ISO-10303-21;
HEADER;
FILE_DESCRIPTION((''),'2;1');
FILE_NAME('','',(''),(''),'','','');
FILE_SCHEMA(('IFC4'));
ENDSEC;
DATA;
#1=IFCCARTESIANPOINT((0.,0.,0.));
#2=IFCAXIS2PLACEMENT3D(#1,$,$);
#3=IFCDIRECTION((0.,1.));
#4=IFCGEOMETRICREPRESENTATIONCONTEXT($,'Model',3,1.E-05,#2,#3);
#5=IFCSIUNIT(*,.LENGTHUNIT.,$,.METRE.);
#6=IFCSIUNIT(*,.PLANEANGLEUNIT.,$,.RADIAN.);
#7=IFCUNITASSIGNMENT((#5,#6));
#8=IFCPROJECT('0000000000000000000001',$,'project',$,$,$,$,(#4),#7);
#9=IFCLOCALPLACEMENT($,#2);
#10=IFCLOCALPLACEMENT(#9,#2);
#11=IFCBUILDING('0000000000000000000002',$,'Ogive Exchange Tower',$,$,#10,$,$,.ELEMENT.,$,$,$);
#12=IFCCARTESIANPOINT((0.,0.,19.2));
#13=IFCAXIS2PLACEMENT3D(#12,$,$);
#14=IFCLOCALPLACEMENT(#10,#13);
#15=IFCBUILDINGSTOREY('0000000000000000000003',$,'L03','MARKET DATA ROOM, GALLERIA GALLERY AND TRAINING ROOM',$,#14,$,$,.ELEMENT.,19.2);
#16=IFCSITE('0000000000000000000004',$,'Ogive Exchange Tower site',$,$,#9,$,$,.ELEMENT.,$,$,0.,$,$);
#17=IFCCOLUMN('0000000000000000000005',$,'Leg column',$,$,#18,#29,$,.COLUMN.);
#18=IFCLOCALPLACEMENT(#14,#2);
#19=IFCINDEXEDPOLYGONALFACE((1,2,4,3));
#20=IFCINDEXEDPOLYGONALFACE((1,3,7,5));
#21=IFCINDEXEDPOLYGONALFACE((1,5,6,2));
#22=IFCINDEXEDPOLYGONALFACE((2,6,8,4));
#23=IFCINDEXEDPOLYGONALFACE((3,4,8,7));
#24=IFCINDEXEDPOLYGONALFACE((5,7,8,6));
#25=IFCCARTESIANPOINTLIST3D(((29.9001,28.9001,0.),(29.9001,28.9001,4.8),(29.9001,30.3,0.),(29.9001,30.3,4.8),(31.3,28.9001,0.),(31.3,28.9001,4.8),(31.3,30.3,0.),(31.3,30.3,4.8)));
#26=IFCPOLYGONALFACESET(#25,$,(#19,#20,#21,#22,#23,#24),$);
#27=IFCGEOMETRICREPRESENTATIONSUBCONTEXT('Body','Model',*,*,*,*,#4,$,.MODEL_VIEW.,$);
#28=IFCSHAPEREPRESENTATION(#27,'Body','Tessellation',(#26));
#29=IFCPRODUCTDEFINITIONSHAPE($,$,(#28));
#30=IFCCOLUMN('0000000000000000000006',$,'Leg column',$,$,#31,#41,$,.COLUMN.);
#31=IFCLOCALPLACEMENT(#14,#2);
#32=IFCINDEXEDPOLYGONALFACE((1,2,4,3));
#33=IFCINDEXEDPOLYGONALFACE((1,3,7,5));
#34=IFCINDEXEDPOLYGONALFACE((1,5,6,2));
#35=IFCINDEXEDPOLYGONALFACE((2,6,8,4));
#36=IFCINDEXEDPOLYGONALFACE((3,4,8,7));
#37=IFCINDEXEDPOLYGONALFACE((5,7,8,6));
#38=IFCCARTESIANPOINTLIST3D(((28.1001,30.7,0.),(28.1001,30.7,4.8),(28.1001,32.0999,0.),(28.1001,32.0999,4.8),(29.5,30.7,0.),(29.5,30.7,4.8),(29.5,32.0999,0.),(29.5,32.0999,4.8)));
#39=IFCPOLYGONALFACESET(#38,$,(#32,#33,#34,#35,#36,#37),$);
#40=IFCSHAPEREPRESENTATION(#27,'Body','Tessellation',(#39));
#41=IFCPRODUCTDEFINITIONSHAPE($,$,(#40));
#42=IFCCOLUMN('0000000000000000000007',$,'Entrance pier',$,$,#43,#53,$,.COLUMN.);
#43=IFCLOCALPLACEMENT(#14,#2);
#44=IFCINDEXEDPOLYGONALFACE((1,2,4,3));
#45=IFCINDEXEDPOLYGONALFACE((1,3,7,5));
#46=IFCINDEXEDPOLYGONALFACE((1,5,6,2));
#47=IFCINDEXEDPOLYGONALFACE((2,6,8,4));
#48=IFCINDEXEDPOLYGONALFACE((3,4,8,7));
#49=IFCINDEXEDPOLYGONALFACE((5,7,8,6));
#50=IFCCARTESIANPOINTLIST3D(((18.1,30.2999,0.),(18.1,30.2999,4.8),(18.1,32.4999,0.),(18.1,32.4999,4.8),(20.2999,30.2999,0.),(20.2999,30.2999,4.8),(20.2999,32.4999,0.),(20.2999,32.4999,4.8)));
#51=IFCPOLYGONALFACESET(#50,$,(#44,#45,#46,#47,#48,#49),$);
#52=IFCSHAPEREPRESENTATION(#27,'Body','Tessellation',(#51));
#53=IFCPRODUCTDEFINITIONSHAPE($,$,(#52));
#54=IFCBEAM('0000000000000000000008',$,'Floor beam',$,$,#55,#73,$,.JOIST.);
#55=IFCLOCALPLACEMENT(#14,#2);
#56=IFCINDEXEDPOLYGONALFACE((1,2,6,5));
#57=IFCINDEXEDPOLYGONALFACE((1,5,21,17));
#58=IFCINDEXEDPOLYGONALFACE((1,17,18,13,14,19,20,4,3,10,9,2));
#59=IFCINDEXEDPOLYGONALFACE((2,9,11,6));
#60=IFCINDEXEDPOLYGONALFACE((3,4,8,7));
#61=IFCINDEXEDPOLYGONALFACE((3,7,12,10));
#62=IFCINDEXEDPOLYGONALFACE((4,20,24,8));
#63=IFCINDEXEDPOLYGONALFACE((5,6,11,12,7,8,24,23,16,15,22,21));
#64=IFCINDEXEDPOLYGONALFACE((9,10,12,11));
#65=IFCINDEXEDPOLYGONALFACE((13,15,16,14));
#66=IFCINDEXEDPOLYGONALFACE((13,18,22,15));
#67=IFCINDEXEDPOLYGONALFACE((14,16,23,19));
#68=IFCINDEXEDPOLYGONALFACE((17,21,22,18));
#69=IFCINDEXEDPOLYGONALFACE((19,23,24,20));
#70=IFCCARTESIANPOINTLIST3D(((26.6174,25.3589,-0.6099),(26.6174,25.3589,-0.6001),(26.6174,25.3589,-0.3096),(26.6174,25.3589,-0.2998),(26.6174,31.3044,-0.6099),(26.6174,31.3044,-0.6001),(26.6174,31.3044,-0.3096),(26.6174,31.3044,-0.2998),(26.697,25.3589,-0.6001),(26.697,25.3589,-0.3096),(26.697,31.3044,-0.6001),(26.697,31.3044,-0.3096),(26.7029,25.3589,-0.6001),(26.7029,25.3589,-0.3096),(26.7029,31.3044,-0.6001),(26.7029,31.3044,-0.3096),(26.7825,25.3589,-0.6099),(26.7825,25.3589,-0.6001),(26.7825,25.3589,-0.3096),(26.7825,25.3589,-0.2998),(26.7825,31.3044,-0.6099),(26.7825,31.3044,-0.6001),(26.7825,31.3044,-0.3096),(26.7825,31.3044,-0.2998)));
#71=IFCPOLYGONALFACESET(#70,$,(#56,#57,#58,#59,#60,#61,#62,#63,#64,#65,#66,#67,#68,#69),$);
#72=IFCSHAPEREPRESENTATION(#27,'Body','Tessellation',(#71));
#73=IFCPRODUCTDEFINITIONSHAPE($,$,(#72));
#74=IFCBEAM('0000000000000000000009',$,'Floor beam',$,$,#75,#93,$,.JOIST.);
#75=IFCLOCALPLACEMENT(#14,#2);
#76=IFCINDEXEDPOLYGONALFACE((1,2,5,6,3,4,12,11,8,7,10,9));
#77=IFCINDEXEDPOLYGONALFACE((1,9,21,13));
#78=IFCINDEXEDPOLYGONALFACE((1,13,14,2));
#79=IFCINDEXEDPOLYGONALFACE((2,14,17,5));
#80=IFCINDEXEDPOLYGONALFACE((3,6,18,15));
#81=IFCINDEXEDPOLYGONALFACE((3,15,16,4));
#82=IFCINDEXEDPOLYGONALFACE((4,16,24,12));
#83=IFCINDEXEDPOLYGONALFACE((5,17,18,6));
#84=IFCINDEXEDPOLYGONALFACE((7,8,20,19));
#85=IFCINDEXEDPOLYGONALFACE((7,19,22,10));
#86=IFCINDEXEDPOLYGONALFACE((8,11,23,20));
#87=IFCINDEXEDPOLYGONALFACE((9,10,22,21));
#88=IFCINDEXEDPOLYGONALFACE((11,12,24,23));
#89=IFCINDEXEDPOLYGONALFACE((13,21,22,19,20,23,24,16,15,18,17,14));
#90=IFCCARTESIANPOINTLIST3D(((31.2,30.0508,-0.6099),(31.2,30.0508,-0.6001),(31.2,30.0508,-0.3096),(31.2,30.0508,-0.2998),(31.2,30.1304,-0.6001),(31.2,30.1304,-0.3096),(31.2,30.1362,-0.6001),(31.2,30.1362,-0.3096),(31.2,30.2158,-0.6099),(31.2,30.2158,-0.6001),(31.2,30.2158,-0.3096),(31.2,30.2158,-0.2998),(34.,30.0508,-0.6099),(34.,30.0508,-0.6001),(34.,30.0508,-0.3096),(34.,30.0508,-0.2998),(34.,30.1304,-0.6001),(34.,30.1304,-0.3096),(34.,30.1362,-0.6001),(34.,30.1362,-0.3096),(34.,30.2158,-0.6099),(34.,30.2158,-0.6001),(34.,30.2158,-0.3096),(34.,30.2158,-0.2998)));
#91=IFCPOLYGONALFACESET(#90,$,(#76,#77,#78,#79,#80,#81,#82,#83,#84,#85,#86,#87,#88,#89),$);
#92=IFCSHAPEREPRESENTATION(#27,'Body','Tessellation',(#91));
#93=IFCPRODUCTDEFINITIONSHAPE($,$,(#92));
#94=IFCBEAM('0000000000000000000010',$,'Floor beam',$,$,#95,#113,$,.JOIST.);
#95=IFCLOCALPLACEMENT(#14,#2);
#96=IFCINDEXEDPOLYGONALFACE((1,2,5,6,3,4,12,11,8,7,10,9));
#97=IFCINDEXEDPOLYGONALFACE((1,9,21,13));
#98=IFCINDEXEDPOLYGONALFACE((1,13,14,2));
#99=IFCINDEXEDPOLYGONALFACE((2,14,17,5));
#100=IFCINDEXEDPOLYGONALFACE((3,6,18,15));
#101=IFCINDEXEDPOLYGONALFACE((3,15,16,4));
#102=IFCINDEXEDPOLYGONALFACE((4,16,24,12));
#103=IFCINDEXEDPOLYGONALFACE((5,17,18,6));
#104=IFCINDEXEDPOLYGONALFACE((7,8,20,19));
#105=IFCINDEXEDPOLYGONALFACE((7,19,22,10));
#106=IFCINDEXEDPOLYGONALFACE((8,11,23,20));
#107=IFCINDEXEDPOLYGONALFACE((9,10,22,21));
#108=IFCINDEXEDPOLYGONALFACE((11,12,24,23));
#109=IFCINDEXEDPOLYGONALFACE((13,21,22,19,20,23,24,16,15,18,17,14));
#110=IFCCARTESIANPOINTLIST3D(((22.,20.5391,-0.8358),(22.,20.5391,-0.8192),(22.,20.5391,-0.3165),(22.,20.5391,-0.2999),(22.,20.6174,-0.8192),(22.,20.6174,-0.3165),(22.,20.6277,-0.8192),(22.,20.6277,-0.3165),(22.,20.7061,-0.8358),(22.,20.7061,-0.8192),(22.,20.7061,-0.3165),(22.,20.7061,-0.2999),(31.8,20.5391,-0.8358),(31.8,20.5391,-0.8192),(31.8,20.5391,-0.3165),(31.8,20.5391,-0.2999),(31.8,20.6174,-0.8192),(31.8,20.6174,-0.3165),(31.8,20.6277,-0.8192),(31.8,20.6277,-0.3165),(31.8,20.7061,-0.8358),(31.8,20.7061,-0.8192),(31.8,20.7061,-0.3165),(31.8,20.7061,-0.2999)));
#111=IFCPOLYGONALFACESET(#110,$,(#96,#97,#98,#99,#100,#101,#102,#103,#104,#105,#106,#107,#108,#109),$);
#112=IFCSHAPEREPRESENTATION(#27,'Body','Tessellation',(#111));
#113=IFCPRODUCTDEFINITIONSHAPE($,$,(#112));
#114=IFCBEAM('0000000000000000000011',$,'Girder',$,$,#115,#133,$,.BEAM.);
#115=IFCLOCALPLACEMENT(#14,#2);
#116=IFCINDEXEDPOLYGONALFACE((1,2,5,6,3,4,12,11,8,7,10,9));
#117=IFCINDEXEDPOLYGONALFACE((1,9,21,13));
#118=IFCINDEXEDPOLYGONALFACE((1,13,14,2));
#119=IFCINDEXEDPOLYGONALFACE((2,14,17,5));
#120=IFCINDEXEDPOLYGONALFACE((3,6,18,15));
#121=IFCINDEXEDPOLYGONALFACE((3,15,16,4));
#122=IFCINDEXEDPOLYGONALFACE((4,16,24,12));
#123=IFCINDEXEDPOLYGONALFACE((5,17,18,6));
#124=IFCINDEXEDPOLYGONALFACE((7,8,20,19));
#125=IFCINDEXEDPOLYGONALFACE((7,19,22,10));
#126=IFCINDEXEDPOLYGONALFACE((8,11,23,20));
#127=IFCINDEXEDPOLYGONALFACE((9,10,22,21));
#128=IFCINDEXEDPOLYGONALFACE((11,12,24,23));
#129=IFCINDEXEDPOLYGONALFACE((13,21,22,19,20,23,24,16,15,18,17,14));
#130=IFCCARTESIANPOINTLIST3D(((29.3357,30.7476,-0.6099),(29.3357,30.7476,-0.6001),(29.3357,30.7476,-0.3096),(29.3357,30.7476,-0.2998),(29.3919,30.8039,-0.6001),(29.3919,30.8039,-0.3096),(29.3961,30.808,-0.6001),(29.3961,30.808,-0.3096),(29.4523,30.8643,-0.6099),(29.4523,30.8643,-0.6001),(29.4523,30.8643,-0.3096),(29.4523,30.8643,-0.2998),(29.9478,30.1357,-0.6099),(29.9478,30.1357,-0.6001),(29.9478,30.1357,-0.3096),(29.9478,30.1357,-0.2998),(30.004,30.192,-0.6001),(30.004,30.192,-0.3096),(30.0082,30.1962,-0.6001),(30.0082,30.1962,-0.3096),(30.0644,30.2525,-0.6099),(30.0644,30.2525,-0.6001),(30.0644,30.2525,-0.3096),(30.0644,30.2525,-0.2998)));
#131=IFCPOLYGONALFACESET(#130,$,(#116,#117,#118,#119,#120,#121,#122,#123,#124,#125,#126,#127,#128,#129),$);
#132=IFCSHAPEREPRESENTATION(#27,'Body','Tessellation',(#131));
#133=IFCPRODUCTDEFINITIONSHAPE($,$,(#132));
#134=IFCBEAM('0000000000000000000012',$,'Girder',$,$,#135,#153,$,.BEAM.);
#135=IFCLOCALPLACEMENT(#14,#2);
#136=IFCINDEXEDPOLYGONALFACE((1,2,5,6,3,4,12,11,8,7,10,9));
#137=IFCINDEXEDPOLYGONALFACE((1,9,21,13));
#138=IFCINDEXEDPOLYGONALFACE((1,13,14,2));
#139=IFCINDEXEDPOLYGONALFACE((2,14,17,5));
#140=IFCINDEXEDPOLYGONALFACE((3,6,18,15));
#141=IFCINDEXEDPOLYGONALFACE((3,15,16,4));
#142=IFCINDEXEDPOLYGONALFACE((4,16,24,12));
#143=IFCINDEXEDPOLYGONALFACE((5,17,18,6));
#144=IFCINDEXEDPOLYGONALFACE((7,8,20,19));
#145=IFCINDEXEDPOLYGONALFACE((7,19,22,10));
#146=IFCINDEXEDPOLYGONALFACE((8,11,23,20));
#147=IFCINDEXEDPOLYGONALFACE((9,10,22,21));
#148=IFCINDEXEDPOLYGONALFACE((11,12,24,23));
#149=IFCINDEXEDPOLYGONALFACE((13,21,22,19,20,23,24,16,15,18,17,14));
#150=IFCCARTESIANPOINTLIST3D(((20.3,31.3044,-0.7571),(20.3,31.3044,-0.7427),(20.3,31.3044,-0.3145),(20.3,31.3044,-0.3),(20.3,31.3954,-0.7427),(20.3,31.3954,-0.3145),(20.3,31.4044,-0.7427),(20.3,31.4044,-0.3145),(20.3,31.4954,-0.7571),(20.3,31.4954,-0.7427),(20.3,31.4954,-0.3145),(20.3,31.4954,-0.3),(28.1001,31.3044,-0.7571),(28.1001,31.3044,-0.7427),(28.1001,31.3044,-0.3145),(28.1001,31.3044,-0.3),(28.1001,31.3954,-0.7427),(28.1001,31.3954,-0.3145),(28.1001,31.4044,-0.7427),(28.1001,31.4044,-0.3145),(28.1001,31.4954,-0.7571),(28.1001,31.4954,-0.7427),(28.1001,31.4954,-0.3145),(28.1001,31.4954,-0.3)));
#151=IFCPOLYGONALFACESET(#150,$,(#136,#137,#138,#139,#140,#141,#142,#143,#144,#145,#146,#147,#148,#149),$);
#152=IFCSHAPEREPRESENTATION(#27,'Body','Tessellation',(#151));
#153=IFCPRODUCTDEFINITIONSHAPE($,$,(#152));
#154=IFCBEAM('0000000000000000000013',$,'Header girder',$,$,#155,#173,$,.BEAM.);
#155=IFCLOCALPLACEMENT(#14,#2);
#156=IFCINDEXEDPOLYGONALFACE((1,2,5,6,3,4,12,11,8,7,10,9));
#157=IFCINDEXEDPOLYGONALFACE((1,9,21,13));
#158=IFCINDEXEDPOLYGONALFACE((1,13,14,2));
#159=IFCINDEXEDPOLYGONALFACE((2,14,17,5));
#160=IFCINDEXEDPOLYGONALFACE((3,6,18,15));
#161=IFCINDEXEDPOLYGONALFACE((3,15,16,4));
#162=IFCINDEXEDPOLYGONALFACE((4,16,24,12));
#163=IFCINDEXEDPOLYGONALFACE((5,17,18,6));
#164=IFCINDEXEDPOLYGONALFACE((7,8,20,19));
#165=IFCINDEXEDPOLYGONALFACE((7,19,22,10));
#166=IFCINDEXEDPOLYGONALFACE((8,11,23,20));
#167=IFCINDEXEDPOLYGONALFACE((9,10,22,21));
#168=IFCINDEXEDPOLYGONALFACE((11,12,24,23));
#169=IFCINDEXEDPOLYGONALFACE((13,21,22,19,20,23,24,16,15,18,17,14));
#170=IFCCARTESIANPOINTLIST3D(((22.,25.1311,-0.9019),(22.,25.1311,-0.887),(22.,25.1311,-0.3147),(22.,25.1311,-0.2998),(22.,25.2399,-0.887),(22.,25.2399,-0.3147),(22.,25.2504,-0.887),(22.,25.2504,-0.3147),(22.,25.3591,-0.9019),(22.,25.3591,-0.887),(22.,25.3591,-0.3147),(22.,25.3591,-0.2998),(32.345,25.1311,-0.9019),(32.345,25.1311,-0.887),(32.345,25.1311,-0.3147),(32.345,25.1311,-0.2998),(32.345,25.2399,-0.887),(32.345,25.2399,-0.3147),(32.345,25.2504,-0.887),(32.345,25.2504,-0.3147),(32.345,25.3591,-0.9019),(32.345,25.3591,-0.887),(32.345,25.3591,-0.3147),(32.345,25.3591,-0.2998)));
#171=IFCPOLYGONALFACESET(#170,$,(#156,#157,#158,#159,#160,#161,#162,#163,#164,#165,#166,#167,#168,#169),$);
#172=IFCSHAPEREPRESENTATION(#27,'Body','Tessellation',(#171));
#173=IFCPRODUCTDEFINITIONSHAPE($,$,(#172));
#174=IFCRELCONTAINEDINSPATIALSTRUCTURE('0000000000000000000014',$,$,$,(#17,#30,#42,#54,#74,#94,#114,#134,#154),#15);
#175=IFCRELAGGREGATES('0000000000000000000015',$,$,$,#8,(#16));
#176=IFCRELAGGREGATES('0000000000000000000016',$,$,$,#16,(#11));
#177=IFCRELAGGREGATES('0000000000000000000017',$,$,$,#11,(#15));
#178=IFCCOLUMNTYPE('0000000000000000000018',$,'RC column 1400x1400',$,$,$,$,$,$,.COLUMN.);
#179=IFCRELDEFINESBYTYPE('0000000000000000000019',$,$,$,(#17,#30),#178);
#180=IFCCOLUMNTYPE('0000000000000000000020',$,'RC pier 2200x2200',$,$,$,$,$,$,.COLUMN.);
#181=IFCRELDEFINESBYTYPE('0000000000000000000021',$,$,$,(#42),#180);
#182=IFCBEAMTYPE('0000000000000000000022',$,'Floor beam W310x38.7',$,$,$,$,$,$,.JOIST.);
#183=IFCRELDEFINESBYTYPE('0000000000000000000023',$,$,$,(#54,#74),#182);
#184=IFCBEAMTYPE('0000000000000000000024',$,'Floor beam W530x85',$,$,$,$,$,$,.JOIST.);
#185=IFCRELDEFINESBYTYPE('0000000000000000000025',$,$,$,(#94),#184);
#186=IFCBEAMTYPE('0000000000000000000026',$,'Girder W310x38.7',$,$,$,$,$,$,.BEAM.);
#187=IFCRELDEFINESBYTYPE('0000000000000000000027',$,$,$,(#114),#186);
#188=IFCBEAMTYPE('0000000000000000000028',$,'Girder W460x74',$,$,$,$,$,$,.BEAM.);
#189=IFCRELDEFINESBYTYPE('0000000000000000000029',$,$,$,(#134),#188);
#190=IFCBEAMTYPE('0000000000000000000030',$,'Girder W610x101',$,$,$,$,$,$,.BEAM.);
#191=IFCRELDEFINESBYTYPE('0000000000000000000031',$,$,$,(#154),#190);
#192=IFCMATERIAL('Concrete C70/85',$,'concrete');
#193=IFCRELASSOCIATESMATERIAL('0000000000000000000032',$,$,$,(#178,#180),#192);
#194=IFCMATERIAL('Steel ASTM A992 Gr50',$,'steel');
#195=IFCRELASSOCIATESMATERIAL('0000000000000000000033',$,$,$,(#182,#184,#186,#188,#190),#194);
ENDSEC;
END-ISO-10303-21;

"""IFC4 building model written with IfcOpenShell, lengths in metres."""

from ifc_helpers import new_model, si_unit, direction, frame, origin, origin_2d, place, context, subcontext, project, spatial, rectangle, i_section, extrude, material, material_profile, profile_set, type_object, element, save


model = new_model("IFC4")

# Units and contexts
model_context = context("Model", 3, precision=1e-05, world=origin(), true_north=direction((0.0, 1.0)))
body_context = subcontext(model_context, "Body", "Model", "MODEL_VIEW")
ifc_project = project(units=[si_unit("LENGTHUNIT", "METRE"), si_unit("PLANEANGLEUNIT", "RADIAN")], contexts=[model_context])

# Site, building, storey
site_placement = place(None, origin())
site = spatial("IfcSite", under=ifc_project, at=site_placement, Name="Ogive Exchange Tower site", CompositionType="ELEMENT", RefElevation=0.0)
building_placement = place(site_placement, origin())
building = spatial("IfcBuilding", under=site, at=building_placement, Name="Ogive Exchange Tower", CompositionType="ELEMENT")
storey_placement = place(building_placement, frame((0.0, 0.0, 19.2)))
storey = spatial("IfcBuildingStorey", under=building, at=storey_placement, Name="L03", Description="MARKET DATA ROOM, GALLERIA GALLERY AND TRAINING ROOM", CompositionType="ELEMENT", Elevation=19.2)

# Columns
ifc_material_1 = material(Name="Concrete C70/85", Category="concrete")
ifc_material_profile_1 = material_profile(ifc_material_1, rectangle(XDim=1.3999, YDim=1.3999, at=origin_2d()), Name="RC 1400x1400")
ifc_profile_set_1 = profile_set([ifc_material_profile_1], Name="Concrete C70/85")
column_type_1 = type_object("IfcColumnType", Name="RC column 1400x1400", PredefinedType="COLUMN", material=ifc_profile_set_1)
for number, where, z_axis, x_axis, name in (
    (1, (30.6001, 29.6001, 0.0), (0.0, 0.0, 1.0), (1.0, 0.0, 0.0), "Leg column"),
    (2, (28.8, 31.3999, 0.0), (0.0, 0.0, 1.0), (1.0, 0.0, 0.0), "Leg column"),
):
    element("IfcColumn", number, at=place(storey_placement, frame(where, z_axis=z_axis, x_axis=x_axis)), inside=storey, type_object=column_type_1, Name=name, PredefinedType="COLUMN", context=body_context, shape_type="SweptSolid", body=[
        extrude(rectangle(XDim=1.3999, YDim=1.3999, at=origin_2d()), origin(), (0.0, 0.0, 1.0), 4.8),
    ])
ifc_material_profile_2 = material_profile(ifc_material_1, rectangle(XDim=2.2, YDim=2.2, at=origin_2d()), Name="RC 2200x2200")
ifc_profile_set_2 = profile_set([ifc_material_profile_2], Name="Concrete C70/85")
column_type_2 = type_object("IfcColumnType", Name="RC pier 2200x2200", PredefinedType="COLUMN", material=ifc_profile_set_2)
column_placement = place(storey_placement, frame((19.2, 31.3999, 0.0), z_axis=(0.0, 0.0, 1.0), x_axis=(1.0, 0.0, 0.0)))
element("IfcColumn", 3, at=column_placement, inside=storey, type_object=column_type_2, Name="Entrance pier", PredefinedType="COLUMN", context=body_context, shape_type="SweptSolid", body=[
    extrude(rectangle(XDim=2.2, YDim=2.2, at=origin_2d()), origin(), (0.0, 0.0, 1.0), 4.8),
])

# Beams
ifc_material_2 = material(Name="Steel ASTM A992 Gr50", Category="steel")
ifc_material_profile_3 = material_profile(ifc_material_2, i_section(OverallWidth=0.165, OverallDepth=0.3101, WebThickness=0.0059, FlangeThickness=0.0098, at=origin_2d()), Name="W310x38.7")
ifc_profile_set_3 = profile_set([ifc_material_profile_3], Name="Steel ASTM A992 Gr50")
beam_type_1 = type_object("IfcBeamType", Name="Floor beam W310x38.7", PredefinedType="JOIST", material=ifc_profile_set_3)
beam_1_placement = place(storey_placement, frame((26.7, 25.3589, -0.4548), z_axis=(0.0, 1.0, 0.0), x_axis=(-1.0, 0.0, 0.0)))
element("IfcBeam", 4, at=beam_1_placement, inside=storey, type_object=beam_type_1, Name="Floor beam", PredefinedType="JOIST", context=body_context, shape_type="SweptSolid", body=[
    extrude(i_section(OverallWidth=0.165, OverallDepth=0.3101, WebThickness=0.0059, FlangeThickness=0.0098, at=origin_2d()), origin(), (0.0, 0.0, 1.0), 5.9456),
])
beam_2_placement = place(storey_placement, frame((31.2, 30.1333, -0.4548), z_axis=(1.0, 0.0, 0.0), x_axis=(0.0, 1.0, 0.0)))
element("IfcBeam", 5, at=beam_2_placement, inside=storey, type_object=beam_type_1, Name="Floor beam", PredefinedType="JOIST", context=body_context, shape_type="SweptSolid", body=[
    extrude(i_section(OverallWidth=0.165, OverallDepth=0.3101, WebThickness=0.0059, FlangeThickness=0.0098, at=origin_2d()), origin(), (0.0, 0.0, 1.0), 2.8),
])
ifc_material_profile_4 = material_profile(ifc_material_2, i_section(OverallWidth=0.167, OverallDepth=0.5359, WebThickness=0.0103, FlangeThickness=0.0166, at=origin_2d()), Name="W530x85")
ifc_profile_set_4 = profile_set([ifc_material_profile_4], Name="Steel ASTM A992 Gr50")
beam_type_2 = type_object("IfcBeamType", Name="Floor beam W530x85", PredefinedType="JOIST", material=ifc_profile_set_4)
beam_3_placement = place(storey_placement, frame((22.0, 20.6226, -0.5679), z_axis=(1.0, 0.0, 0.0), x_axis=(0.0, 1.0, 0.0)))
element("IfcBeam", 6, at=beam_3_placement, inside=storey, type_object=beam_type_2, Name="Floor beam", PredefinedType="JOIST", context=body_context, shape_type="SweptSolid", body=[
    extrude(i_section(OverallWidth=0.167, OverallDepth=0.5359, WebThickness=0.0103, FlangeThickness=0.0166, at=origin_2d()), origin(), (0.0, 0.0, 1.0), 9.8),
])
ifc_material_profile_5 = material_profile(ifc_material_2, i_section(OverallWidth=0.165, OverallDepth=0.3101, WebThickness=0.0059, FlangeThickness=0.0098, at=origin_2d()), Name="W310x38.7")
ifc_profile_set_5 = profile_set([ifc_material_profile_5], Name="Steel ASTM A992 Gr50")
beam_type_3 = type_object("IfcBeamType", Name="Girder W310x38.7", PredefinedType="BEAM", material=ifc_profile_set_5)
beam_4_placement = place(storey_placement, frame((30.0061, 30.1941, -0.4548), z_axis=(-0.707248, 0.706966, 0.0), x_axis=(-0.706966, -0.707248, 0.0)))
element("IfcBeam", 7, at=beam_4_placement, inside=storey, type_object=beam_type_3, Name="Girder", PredefinedType="BEAM", context=body_context, shape_type="SweptSolid", body=[
    extrude(i_section(OverallWidth=0.165, OverallDepth=0.3101, WebThickness=0.0059, FlangeThickness=0.0098, at=origin_2d()), origin(), (0.0, 0.0, 1.0), 0.8655),
])
ifc_material_profile_6 = material_profile(ifc_material_2, i_section(OverallWidth=0.1909, OverallDepth=0.457, WebThickness=0.009, FlangeThickness=0.0144, at=origin_2d()), Name="W460x74")
ifc_profile_set_6 = profile_set([ifc_material_profile_6], Name="Steel ASTM A992 Gr50")
beam_type_4 = type_object("IfcBeamType", Name="Girder W460x74", PredefinedType="BEAM", material=ifc_profile_set_6)
beam_5_placement = place(storey_placement, frame((28.1001, 31.3999, -0.5286), z_axis=(-1.0, 0.0, 0.0), x_axis=(0.0, -1.0, 0.0)))
element("IfcBeam", 8, at=beam_5_placement, inside=storey, type_object=beam_type_4, Name="Girder", PredefinedType="BEAM", context=body_context, shape_type="SweptSolid", body=[
    extrude(i_section(OverallWidth=0.1909, OverallDepth=0.457, WebThickness=0.009, FlangeThickness=0.0144, at=origin_2d()), origin(), (0.0, 0.0, 1.0), 7.8),
])
ifc_material_profile_7 = material_profile(ifc_material_2, i_section(OverallWidth=0.228, OverallDepth=0.6021, WebThickness=0.0105, FlangeThickness=0.0149, at=origin_2d()), Name="W610x101")
ifc_profile_set_7 = profile_set([ifc_material_profile_7], Name="Steel ASTM A992 Gr50")
beam_type_5 = type_object("IfcBeamType", Name="Girder W610x101", PredefinedType="BEAM", material=ifc_profile_set_7)
beam_6_placement = place(storey_placement, frame((22.0, 25.2451, -0.6008), z_axis=(1.0, 0.0, 0.0), x_axis=(0.0, 1.0, 0.0)))
element("IfcBeam", 9, at=beam_6_placement, inside=storey, type_object=beam_type_5, Name="Header girder", PredefinedType="BEAM", context=body_context, shape_type="SweptSolid", body=[
    extrude(i_section(OverallWidth=0.228, OverallDepth=0.6021, WebThickness=0.0105, FlangeThickness=0.0149, at=origin_2d()), origin(), (0.0, 0.0, 1.0), 10.345),
])

save(model, "model.ifc")
